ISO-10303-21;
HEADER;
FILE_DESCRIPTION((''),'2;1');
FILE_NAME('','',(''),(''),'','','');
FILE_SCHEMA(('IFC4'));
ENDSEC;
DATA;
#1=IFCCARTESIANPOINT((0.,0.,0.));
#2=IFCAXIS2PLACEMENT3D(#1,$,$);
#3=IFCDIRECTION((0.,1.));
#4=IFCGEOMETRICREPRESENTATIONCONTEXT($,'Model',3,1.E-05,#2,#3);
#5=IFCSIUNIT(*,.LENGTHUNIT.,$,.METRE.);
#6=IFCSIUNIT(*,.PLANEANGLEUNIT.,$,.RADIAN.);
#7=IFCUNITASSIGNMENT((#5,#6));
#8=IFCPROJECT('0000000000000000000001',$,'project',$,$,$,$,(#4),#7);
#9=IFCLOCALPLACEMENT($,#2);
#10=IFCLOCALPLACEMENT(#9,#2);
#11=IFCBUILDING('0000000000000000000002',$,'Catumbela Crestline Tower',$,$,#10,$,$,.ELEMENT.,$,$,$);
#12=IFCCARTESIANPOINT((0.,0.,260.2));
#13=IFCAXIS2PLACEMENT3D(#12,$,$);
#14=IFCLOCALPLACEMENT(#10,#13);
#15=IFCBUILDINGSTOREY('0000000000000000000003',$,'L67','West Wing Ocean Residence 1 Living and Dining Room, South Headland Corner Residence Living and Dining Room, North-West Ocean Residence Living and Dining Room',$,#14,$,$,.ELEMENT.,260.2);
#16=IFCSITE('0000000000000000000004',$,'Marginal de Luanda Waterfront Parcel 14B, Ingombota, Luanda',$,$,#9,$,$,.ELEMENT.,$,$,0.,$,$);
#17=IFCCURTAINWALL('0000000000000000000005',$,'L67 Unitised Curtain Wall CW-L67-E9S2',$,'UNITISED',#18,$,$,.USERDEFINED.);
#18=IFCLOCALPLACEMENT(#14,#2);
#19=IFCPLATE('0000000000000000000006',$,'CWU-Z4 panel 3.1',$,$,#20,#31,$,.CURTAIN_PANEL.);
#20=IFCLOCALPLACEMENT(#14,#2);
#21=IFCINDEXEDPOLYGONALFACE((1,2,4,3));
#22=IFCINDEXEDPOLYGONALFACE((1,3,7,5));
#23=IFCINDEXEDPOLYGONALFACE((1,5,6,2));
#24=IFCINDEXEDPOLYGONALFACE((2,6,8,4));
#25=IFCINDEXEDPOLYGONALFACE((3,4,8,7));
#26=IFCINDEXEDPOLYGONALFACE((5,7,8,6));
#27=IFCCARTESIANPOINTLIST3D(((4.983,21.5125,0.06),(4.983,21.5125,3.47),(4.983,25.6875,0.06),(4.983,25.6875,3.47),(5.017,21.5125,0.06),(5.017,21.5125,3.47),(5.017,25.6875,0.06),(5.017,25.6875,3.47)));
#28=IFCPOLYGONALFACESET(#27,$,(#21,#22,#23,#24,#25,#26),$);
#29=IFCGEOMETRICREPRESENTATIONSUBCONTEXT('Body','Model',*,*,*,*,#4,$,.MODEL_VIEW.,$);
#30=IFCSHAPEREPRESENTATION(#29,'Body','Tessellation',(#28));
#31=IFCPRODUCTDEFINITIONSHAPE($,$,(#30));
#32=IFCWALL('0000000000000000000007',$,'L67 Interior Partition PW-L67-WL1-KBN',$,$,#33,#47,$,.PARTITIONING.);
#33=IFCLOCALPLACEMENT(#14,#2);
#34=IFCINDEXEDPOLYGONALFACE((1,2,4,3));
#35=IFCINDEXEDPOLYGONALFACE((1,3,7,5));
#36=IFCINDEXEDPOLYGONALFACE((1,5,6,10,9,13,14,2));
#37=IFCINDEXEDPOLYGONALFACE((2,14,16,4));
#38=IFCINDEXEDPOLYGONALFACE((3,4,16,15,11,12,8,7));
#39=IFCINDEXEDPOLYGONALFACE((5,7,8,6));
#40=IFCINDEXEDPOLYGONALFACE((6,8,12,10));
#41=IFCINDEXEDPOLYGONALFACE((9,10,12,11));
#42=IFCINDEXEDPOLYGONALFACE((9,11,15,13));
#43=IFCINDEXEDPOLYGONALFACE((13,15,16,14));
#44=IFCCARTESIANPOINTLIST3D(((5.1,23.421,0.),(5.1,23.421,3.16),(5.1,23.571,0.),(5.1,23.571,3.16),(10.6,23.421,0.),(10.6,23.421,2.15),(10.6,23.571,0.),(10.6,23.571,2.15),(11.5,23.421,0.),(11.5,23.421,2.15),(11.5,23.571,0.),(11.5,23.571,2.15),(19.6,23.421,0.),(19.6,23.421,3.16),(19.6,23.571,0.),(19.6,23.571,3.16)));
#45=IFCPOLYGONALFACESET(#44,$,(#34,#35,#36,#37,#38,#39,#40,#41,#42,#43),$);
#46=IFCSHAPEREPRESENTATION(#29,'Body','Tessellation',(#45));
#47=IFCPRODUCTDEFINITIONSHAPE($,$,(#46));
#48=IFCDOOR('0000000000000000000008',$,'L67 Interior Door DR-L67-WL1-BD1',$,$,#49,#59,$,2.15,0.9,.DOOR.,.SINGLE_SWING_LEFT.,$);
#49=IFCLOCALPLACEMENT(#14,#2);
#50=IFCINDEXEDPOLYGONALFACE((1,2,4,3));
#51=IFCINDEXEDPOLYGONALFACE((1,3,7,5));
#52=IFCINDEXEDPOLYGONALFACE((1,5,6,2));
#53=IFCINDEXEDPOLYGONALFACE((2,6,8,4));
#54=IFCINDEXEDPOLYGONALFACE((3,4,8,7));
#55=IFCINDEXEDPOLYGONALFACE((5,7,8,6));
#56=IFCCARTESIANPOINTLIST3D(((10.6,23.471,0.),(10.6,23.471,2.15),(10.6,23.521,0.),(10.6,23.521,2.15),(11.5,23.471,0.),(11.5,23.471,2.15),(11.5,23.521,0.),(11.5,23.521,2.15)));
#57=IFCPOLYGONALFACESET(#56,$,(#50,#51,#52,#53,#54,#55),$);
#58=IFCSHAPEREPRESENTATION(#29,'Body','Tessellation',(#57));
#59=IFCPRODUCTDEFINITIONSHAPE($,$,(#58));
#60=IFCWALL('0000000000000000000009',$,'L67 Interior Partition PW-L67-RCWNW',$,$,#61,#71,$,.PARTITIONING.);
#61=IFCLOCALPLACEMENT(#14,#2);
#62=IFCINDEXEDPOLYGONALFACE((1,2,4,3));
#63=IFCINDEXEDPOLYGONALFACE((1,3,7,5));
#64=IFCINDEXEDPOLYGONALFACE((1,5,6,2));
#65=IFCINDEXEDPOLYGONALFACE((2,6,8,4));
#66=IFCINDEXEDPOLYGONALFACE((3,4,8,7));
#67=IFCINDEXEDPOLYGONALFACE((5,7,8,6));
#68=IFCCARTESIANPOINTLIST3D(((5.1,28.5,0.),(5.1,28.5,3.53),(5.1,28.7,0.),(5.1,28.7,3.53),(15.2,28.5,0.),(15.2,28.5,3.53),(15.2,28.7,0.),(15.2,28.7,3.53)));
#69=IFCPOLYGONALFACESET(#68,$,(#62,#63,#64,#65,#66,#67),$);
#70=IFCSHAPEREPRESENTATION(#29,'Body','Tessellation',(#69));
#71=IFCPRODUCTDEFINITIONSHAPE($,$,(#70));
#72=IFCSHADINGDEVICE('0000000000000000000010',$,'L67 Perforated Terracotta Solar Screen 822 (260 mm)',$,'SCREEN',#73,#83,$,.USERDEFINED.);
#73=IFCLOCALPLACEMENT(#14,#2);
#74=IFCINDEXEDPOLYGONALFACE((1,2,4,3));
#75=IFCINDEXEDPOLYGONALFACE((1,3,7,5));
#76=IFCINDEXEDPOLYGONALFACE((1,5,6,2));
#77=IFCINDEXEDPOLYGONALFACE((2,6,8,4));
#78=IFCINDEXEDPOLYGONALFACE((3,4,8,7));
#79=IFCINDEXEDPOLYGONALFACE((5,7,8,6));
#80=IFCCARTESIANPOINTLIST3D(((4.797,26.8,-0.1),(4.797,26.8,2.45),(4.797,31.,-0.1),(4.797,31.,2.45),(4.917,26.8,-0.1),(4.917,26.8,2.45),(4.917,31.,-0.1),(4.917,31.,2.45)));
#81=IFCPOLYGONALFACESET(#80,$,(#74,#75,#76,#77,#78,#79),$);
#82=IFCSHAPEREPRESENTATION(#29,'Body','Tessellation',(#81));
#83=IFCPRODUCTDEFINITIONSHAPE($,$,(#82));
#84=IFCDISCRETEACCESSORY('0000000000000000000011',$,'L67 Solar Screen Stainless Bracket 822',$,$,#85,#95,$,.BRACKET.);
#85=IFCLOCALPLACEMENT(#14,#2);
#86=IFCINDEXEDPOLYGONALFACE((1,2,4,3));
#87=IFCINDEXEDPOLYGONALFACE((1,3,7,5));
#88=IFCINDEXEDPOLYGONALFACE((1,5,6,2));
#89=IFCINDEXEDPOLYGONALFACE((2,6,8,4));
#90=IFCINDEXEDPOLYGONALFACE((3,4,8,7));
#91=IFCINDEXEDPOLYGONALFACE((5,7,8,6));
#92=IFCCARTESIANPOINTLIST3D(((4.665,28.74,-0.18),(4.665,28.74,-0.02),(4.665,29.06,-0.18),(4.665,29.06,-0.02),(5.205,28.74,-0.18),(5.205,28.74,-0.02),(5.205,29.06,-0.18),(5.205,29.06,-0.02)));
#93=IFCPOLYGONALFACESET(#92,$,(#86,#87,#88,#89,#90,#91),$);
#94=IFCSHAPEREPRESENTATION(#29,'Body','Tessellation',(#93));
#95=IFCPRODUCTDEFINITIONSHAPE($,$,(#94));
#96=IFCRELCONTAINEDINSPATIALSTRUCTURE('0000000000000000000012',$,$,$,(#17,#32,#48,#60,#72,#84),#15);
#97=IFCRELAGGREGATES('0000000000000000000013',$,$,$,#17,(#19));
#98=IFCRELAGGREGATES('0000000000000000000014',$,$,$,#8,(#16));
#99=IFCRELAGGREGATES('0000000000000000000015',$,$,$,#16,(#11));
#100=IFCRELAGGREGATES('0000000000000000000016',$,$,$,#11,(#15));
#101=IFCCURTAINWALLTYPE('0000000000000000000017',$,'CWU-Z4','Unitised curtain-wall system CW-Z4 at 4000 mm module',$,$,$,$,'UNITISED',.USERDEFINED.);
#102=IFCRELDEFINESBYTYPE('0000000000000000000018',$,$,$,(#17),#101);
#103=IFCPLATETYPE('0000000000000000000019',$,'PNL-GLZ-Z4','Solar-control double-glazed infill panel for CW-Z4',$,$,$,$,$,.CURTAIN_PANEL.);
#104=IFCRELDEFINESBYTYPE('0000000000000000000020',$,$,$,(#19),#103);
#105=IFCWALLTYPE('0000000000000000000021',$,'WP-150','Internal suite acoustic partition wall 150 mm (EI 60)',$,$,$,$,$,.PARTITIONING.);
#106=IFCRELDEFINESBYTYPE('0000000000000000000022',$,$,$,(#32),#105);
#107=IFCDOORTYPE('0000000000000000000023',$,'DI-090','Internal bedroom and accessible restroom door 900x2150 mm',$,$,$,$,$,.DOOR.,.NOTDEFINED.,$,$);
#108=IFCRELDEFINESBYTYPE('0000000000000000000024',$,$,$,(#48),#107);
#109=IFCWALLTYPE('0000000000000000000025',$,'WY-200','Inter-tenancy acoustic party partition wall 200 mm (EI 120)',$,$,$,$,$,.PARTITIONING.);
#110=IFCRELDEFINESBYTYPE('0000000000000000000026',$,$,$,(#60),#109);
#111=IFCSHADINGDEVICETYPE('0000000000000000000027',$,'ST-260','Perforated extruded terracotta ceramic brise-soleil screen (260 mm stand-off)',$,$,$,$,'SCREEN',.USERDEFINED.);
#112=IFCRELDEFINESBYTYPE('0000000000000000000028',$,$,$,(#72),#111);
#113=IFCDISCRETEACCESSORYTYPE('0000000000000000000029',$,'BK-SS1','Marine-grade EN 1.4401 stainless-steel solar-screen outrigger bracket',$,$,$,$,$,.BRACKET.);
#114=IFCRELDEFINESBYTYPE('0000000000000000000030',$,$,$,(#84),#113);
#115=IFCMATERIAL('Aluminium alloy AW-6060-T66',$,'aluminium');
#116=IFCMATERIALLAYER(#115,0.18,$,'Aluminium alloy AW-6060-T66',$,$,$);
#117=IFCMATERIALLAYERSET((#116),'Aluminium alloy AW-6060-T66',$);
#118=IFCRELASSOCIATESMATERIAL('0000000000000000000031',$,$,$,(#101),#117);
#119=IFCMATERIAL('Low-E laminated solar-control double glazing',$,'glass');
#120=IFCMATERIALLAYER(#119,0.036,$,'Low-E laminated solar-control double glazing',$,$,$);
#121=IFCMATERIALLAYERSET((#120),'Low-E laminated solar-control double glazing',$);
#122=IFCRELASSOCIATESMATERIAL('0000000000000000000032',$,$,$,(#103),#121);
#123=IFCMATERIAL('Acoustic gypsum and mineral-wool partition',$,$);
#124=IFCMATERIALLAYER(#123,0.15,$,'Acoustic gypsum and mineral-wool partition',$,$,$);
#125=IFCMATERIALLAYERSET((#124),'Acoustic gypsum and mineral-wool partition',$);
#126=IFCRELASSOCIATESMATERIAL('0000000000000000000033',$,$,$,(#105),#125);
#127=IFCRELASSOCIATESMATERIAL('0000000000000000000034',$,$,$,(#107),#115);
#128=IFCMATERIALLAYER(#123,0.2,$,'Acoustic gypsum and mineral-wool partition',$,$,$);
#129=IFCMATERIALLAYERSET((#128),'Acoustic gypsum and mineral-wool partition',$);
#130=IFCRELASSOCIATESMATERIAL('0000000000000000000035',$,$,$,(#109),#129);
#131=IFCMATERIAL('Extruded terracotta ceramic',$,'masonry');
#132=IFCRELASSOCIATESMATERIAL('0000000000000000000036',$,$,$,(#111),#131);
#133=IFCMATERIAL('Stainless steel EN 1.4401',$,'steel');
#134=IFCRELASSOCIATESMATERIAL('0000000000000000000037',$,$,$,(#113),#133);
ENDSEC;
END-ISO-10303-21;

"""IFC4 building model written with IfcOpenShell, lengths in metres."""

from ifc_helpers import new_model, si_unit, direction, frame, frame_2d, origin, origin_2d, place, context, subcontext, project, spatial, rectangle, extrude, material, layer, layer_set, type_object, element, fill, aggregate, save


model = new_model("IFC4")

# Units and contexts
model_context = context("Model", 3, precision=1e-05, world=origin(), true_north=direction((0.0, 1.0)))
body_context = subcontext(model_context, "Body", "Model", "MODEL_VIEW")
ifc_project = project(units=[si_unit("LENGTHUNIT", "METRE"), si_unit("PLANEANGLEUNIT", "RADIAN")], contexts=[model_context])

# Site, building, storey
site_placement = place(None, origin())
site = spatial("IfcSite", under=ifc_project, at=site_placement, Name="Marginal de Luanda Waterfront Parcel 14B, Ingombota, Luanda", CompositionType="ELEMENT", RefElevation=0.0)
building_placement = place(site_placement, origin())
building = spatial("IfcBuilding", under=site, at=building_placement, Name="Catumbela Crestline Tower", CompositionType="ELEMENT")
storey_placement = place(building_placement, frame((0.0, 0.0, 260.2)))
storey = spatial("IfcBuildingStorey", under=building, at=storey_placement, Name="L67", Description="West Wing Ocean Residence 1 Living and Dining Room, South Headland Corner Residence Living and Dining Room, North-West Ocean Residence Living and Dining Room", CompositionType="ELEMENT", Elevation=260.2)

# Curtain wall, plate
ifc_material_1 = material(Name="Aluminium alloy AW-6060-T66", Category="aluminium")
ifc_layer_1 = layer(ifc_material_1, 0.18, Name="Aluminium alloy AW-6060-T66")
ifc_layer_set_1 = layer_set([ifc_layer_1], Name="Aluminium alloy AW-6060-T66")
curtain_wall_type = type_object("IfcCurtainWallType", Name="CWU-Z4", Description="Unitised curtain-wall system CW-Z4 at 4000 mm module", ElementType="UNITISED", PredefinedType="USERDEFINED", material=ifc_layer_set_1)
curtain_wall_placement = place(storey_placement, origin())
curtain_wall = element("IfcCurtainWall", 1, at=curtain_wall_placement, inside=storey, type_object=curtain_wall_type, Name="L67 Unitised Curtain Wall CW-L67-E9S2", ObjectType="UNITISED", PredefinedType="USERDEFINED")
ifc_material_2 = material(Name="Low-E laminated solar-control double glazing", Category="glass")
ifc_layer_2 = layer(ifc_material_2, 0.036, Name="Low-E laminated solar-control double glazing")
ifc_layer_set_2 = layer_set([ifc_layer_2], Name="Low-E laminated solar-control double glazing")
plate_type = type_object("IfcPlateType", Name="PNL-GLZ-Z4", Description="Solar-control double-glazed infill panel for CW-Z4", PredefinedType="CURTAIN_PANEL", material=ifc_layer_set_2)
plate_1_placement = place(storey_placement, frame((5.0, 23.6, 0.06), z_axis=(0.0, 0.0, 1.0), x_axis=(0.0, -1.0, 0.0)))
plate_1 = element("IfcPlate", 2, at=plate_1_placement, type_object=plate_type, Name="CWU-Z4 panel 3.1", PredefinedType="CURTAIN_PANEL", context=body_context, shape_type="SweptSolid", body=[
    extrude(rectangle(XDim=4.175, YDim=0.034, at=origin_2d()), origin(), (0.0, 0.0, 1.0), 3.41),
])
aggregate(curtain_wall, [plate_1])

# Wall, opening, door
ifc_material_3 = material(Name="Acoustic gypsum and mineral-wool partition")
ifc_layer_3 = layer(ifc_material_3, 0.15, Name="Acoustic gypsum and mineral-wool partition")
ifc_layer_set_3 = layer_set([ifc_layer_3], Name="Acoustic gypsum and mineral-wool partition")
wall_type_1 = type_object("IfcWallType", Name="WP-150", Description="Internal suite acoustic partition wall 150 mm (EI 60)", PredefinedType="PARTITIONING", material=ifc_layer_set_3)
wall_1_placement = place(storey_placement, frame((5.1, 23.496, 0.0), z_axis=(0.0, 0.0, 1.0), x_axis=(1.0, 0.0, 0.0)))
wall_1 = element("IfcWall", 3, at=wall_1_placement, inside=storey, type_object=wall_type_1, Name="L67 Interior Partition PW-L67-WL1-KBN", PredefinedType="PARTITIONING", context=body_context, shape_type="SweptSolid", body=[
    extrude(rectangle(XDim=14.5, YDim=0.15, at=frame_2d((7.25, 0.0))), origin(), (0.0, 0.0, 1.0), 3.16),
])
opening_placement = place(wall_1_placement, frame((5.5, 0.0, 0.0)))
opening = element("IfcOpeningElement", 4, at=opening_placement, cuts=wall_1, PredefinedType="OPENING", context=body_context, shape_type="SweptSolid", body=[
    extrude(rectangle(XDim=0.9, YDim=2.15, at=frame_2d((0.45, 1.075))), frame((0.0, 0.085, 0.0), z_axis=(0.0, -1.0, 0.0), x_axis=(1.0, 0.0, 0.0)), (0.0, 0.0, 1.0), 0.17),
])
door_type = type_object("IfcDoorType", Name="DI-090", Description="Internal bedroom and accessible restroom door 900x2150 mm", OperationType="NOTDEFINED", PredefinedType="DOOR", material=ifc_material_1)
door_placement = place(opening_placement, origin())
door = element("IfcDoor", 5, at=door_placement, inside=storey, type_object=door_type, Name="L67 Interior Door DR-L67-WL1-BD1", OperationType="SINGLE_SWING_LEFT", OverallHeight=2.15, OverallWidth=0.9, PredefinedType="DOOR", context=body_context, shape_type="SweptSolid", body=[
    extrude(rectangle(XDim=0.9, YDim=2.15, at=frame_2d((0.45, 1.075))), frame((0.0, 0.025, 0.0), z_axis=(0.0, -1.0, 0.0), x_axis=(1.0, 0.0, 0.0)), (0.0, 0.0, 1.0), 0.05),
])
fill(opening, door)

# Wall
ifc_layer_4 = layer(ifc_material_3, 0.2, Name="Acoustic gypsum and mineral-wool partition")
ifc_layer_set_4 = layer_set([ifc_layer_4], Name="Acoustic gypsum and mineral-wool partition")
wall_type_2 = type_object("IfcWallType", Name="WY-200", Description="Inter-tenancy acoustic party partition wall 200 mm (EI 120)", PredefinedType="PARTITIONING", material=ifc_layer_set_4)
wall_2_placement = place(storey_placement, frame((5.1, 28.6, 0.0), z_axis=(0.0, 0.0, 1.0), x_axis=(1.0, 0.0, 0.0)))
element("IfcWall", 6, at=wall_2_placement, inside=storey, type_object=wall_type_2, Name="L67 Interior Partition PW-L67-RCWNW", PredefinedType="PARTITIONING", context=body_context, shape_type="SweptSolid", body=[
    extrude(rectangle(XDim=10.1, YDim=0.2, at=frame_2d((5.05, 0.0))), origin(), (0.0, 0.0, 1.0), 3.53),
])

# Shading device
ifc_material_4 = material(Name="Extruded terracotta ceramic", Category="masonry")
shading_device_type = type_object("IfcShadingDeviceType", Name="ST-260", Description="Perforated extruded terracotta ceramic brise-soleil screen (260 mm stand-off)", ElementType="SCREEN", PredefinedType="USERDEFINED", material=ifc_material_4)
shading_device_placement = place(storey_placement, frame((4.857, 28.9, -0.1), z_axis=(0.0, 0.0, 1.0), x_axis=(0.0, -1.0, 0.0)))
element("IfcShadingDevice", 7, at=shading_device_placement, inside=storey, type_object=shading_device_type, Name="L67 Perforated Terracotta Solar Screen 822 (260 mm)", ObjectType="SCREEN", PredefinedType="USERDEFINED", context=body_context, shape_type="SweptSolid", body=[
    extrude(rectangle(XDim=4.2, YDim=0.12, at=origin_2d()), origin(), (0.0, 0.0, 1.0), 2.55),
])

# Discrete accessory
ifc_material_5 = material(Name="Stainless steel EN 1.4401", Category="steel")
discrete_accessory_type = type_object("IfcDiscreteAccessoryType", Name="BK-SS1", Description="Marine-grade EN 1.4401 stainless-steel solar-screen outrigger bracket", PredefinedType="BRACKET", material=ifc_material_5)
discrete_accessory_placement = place(storey_placement, frame((4.935, 28.9, -0.18), z_axis=(0.0, 0.0, 1.0), x_axis=(0.0, -1.0, 0.0)))
element("IfcDiscreteAccessory", 8, at=discrete_accessory_placement, inside=storey, type_object=discrete_accessory_type, Name="L67 Solar Screen Stainless Bracket 822", PredefinedType="BRACKET", context=body_context, shape_type="SweptSolid", body=[
    extrude(rectangle(XDim=0.32, YDim=0.54, at=origin_2d()), origin(), (0.0, 0.0, 1.0), 0.16),
])

save(model, "model.ifc")
